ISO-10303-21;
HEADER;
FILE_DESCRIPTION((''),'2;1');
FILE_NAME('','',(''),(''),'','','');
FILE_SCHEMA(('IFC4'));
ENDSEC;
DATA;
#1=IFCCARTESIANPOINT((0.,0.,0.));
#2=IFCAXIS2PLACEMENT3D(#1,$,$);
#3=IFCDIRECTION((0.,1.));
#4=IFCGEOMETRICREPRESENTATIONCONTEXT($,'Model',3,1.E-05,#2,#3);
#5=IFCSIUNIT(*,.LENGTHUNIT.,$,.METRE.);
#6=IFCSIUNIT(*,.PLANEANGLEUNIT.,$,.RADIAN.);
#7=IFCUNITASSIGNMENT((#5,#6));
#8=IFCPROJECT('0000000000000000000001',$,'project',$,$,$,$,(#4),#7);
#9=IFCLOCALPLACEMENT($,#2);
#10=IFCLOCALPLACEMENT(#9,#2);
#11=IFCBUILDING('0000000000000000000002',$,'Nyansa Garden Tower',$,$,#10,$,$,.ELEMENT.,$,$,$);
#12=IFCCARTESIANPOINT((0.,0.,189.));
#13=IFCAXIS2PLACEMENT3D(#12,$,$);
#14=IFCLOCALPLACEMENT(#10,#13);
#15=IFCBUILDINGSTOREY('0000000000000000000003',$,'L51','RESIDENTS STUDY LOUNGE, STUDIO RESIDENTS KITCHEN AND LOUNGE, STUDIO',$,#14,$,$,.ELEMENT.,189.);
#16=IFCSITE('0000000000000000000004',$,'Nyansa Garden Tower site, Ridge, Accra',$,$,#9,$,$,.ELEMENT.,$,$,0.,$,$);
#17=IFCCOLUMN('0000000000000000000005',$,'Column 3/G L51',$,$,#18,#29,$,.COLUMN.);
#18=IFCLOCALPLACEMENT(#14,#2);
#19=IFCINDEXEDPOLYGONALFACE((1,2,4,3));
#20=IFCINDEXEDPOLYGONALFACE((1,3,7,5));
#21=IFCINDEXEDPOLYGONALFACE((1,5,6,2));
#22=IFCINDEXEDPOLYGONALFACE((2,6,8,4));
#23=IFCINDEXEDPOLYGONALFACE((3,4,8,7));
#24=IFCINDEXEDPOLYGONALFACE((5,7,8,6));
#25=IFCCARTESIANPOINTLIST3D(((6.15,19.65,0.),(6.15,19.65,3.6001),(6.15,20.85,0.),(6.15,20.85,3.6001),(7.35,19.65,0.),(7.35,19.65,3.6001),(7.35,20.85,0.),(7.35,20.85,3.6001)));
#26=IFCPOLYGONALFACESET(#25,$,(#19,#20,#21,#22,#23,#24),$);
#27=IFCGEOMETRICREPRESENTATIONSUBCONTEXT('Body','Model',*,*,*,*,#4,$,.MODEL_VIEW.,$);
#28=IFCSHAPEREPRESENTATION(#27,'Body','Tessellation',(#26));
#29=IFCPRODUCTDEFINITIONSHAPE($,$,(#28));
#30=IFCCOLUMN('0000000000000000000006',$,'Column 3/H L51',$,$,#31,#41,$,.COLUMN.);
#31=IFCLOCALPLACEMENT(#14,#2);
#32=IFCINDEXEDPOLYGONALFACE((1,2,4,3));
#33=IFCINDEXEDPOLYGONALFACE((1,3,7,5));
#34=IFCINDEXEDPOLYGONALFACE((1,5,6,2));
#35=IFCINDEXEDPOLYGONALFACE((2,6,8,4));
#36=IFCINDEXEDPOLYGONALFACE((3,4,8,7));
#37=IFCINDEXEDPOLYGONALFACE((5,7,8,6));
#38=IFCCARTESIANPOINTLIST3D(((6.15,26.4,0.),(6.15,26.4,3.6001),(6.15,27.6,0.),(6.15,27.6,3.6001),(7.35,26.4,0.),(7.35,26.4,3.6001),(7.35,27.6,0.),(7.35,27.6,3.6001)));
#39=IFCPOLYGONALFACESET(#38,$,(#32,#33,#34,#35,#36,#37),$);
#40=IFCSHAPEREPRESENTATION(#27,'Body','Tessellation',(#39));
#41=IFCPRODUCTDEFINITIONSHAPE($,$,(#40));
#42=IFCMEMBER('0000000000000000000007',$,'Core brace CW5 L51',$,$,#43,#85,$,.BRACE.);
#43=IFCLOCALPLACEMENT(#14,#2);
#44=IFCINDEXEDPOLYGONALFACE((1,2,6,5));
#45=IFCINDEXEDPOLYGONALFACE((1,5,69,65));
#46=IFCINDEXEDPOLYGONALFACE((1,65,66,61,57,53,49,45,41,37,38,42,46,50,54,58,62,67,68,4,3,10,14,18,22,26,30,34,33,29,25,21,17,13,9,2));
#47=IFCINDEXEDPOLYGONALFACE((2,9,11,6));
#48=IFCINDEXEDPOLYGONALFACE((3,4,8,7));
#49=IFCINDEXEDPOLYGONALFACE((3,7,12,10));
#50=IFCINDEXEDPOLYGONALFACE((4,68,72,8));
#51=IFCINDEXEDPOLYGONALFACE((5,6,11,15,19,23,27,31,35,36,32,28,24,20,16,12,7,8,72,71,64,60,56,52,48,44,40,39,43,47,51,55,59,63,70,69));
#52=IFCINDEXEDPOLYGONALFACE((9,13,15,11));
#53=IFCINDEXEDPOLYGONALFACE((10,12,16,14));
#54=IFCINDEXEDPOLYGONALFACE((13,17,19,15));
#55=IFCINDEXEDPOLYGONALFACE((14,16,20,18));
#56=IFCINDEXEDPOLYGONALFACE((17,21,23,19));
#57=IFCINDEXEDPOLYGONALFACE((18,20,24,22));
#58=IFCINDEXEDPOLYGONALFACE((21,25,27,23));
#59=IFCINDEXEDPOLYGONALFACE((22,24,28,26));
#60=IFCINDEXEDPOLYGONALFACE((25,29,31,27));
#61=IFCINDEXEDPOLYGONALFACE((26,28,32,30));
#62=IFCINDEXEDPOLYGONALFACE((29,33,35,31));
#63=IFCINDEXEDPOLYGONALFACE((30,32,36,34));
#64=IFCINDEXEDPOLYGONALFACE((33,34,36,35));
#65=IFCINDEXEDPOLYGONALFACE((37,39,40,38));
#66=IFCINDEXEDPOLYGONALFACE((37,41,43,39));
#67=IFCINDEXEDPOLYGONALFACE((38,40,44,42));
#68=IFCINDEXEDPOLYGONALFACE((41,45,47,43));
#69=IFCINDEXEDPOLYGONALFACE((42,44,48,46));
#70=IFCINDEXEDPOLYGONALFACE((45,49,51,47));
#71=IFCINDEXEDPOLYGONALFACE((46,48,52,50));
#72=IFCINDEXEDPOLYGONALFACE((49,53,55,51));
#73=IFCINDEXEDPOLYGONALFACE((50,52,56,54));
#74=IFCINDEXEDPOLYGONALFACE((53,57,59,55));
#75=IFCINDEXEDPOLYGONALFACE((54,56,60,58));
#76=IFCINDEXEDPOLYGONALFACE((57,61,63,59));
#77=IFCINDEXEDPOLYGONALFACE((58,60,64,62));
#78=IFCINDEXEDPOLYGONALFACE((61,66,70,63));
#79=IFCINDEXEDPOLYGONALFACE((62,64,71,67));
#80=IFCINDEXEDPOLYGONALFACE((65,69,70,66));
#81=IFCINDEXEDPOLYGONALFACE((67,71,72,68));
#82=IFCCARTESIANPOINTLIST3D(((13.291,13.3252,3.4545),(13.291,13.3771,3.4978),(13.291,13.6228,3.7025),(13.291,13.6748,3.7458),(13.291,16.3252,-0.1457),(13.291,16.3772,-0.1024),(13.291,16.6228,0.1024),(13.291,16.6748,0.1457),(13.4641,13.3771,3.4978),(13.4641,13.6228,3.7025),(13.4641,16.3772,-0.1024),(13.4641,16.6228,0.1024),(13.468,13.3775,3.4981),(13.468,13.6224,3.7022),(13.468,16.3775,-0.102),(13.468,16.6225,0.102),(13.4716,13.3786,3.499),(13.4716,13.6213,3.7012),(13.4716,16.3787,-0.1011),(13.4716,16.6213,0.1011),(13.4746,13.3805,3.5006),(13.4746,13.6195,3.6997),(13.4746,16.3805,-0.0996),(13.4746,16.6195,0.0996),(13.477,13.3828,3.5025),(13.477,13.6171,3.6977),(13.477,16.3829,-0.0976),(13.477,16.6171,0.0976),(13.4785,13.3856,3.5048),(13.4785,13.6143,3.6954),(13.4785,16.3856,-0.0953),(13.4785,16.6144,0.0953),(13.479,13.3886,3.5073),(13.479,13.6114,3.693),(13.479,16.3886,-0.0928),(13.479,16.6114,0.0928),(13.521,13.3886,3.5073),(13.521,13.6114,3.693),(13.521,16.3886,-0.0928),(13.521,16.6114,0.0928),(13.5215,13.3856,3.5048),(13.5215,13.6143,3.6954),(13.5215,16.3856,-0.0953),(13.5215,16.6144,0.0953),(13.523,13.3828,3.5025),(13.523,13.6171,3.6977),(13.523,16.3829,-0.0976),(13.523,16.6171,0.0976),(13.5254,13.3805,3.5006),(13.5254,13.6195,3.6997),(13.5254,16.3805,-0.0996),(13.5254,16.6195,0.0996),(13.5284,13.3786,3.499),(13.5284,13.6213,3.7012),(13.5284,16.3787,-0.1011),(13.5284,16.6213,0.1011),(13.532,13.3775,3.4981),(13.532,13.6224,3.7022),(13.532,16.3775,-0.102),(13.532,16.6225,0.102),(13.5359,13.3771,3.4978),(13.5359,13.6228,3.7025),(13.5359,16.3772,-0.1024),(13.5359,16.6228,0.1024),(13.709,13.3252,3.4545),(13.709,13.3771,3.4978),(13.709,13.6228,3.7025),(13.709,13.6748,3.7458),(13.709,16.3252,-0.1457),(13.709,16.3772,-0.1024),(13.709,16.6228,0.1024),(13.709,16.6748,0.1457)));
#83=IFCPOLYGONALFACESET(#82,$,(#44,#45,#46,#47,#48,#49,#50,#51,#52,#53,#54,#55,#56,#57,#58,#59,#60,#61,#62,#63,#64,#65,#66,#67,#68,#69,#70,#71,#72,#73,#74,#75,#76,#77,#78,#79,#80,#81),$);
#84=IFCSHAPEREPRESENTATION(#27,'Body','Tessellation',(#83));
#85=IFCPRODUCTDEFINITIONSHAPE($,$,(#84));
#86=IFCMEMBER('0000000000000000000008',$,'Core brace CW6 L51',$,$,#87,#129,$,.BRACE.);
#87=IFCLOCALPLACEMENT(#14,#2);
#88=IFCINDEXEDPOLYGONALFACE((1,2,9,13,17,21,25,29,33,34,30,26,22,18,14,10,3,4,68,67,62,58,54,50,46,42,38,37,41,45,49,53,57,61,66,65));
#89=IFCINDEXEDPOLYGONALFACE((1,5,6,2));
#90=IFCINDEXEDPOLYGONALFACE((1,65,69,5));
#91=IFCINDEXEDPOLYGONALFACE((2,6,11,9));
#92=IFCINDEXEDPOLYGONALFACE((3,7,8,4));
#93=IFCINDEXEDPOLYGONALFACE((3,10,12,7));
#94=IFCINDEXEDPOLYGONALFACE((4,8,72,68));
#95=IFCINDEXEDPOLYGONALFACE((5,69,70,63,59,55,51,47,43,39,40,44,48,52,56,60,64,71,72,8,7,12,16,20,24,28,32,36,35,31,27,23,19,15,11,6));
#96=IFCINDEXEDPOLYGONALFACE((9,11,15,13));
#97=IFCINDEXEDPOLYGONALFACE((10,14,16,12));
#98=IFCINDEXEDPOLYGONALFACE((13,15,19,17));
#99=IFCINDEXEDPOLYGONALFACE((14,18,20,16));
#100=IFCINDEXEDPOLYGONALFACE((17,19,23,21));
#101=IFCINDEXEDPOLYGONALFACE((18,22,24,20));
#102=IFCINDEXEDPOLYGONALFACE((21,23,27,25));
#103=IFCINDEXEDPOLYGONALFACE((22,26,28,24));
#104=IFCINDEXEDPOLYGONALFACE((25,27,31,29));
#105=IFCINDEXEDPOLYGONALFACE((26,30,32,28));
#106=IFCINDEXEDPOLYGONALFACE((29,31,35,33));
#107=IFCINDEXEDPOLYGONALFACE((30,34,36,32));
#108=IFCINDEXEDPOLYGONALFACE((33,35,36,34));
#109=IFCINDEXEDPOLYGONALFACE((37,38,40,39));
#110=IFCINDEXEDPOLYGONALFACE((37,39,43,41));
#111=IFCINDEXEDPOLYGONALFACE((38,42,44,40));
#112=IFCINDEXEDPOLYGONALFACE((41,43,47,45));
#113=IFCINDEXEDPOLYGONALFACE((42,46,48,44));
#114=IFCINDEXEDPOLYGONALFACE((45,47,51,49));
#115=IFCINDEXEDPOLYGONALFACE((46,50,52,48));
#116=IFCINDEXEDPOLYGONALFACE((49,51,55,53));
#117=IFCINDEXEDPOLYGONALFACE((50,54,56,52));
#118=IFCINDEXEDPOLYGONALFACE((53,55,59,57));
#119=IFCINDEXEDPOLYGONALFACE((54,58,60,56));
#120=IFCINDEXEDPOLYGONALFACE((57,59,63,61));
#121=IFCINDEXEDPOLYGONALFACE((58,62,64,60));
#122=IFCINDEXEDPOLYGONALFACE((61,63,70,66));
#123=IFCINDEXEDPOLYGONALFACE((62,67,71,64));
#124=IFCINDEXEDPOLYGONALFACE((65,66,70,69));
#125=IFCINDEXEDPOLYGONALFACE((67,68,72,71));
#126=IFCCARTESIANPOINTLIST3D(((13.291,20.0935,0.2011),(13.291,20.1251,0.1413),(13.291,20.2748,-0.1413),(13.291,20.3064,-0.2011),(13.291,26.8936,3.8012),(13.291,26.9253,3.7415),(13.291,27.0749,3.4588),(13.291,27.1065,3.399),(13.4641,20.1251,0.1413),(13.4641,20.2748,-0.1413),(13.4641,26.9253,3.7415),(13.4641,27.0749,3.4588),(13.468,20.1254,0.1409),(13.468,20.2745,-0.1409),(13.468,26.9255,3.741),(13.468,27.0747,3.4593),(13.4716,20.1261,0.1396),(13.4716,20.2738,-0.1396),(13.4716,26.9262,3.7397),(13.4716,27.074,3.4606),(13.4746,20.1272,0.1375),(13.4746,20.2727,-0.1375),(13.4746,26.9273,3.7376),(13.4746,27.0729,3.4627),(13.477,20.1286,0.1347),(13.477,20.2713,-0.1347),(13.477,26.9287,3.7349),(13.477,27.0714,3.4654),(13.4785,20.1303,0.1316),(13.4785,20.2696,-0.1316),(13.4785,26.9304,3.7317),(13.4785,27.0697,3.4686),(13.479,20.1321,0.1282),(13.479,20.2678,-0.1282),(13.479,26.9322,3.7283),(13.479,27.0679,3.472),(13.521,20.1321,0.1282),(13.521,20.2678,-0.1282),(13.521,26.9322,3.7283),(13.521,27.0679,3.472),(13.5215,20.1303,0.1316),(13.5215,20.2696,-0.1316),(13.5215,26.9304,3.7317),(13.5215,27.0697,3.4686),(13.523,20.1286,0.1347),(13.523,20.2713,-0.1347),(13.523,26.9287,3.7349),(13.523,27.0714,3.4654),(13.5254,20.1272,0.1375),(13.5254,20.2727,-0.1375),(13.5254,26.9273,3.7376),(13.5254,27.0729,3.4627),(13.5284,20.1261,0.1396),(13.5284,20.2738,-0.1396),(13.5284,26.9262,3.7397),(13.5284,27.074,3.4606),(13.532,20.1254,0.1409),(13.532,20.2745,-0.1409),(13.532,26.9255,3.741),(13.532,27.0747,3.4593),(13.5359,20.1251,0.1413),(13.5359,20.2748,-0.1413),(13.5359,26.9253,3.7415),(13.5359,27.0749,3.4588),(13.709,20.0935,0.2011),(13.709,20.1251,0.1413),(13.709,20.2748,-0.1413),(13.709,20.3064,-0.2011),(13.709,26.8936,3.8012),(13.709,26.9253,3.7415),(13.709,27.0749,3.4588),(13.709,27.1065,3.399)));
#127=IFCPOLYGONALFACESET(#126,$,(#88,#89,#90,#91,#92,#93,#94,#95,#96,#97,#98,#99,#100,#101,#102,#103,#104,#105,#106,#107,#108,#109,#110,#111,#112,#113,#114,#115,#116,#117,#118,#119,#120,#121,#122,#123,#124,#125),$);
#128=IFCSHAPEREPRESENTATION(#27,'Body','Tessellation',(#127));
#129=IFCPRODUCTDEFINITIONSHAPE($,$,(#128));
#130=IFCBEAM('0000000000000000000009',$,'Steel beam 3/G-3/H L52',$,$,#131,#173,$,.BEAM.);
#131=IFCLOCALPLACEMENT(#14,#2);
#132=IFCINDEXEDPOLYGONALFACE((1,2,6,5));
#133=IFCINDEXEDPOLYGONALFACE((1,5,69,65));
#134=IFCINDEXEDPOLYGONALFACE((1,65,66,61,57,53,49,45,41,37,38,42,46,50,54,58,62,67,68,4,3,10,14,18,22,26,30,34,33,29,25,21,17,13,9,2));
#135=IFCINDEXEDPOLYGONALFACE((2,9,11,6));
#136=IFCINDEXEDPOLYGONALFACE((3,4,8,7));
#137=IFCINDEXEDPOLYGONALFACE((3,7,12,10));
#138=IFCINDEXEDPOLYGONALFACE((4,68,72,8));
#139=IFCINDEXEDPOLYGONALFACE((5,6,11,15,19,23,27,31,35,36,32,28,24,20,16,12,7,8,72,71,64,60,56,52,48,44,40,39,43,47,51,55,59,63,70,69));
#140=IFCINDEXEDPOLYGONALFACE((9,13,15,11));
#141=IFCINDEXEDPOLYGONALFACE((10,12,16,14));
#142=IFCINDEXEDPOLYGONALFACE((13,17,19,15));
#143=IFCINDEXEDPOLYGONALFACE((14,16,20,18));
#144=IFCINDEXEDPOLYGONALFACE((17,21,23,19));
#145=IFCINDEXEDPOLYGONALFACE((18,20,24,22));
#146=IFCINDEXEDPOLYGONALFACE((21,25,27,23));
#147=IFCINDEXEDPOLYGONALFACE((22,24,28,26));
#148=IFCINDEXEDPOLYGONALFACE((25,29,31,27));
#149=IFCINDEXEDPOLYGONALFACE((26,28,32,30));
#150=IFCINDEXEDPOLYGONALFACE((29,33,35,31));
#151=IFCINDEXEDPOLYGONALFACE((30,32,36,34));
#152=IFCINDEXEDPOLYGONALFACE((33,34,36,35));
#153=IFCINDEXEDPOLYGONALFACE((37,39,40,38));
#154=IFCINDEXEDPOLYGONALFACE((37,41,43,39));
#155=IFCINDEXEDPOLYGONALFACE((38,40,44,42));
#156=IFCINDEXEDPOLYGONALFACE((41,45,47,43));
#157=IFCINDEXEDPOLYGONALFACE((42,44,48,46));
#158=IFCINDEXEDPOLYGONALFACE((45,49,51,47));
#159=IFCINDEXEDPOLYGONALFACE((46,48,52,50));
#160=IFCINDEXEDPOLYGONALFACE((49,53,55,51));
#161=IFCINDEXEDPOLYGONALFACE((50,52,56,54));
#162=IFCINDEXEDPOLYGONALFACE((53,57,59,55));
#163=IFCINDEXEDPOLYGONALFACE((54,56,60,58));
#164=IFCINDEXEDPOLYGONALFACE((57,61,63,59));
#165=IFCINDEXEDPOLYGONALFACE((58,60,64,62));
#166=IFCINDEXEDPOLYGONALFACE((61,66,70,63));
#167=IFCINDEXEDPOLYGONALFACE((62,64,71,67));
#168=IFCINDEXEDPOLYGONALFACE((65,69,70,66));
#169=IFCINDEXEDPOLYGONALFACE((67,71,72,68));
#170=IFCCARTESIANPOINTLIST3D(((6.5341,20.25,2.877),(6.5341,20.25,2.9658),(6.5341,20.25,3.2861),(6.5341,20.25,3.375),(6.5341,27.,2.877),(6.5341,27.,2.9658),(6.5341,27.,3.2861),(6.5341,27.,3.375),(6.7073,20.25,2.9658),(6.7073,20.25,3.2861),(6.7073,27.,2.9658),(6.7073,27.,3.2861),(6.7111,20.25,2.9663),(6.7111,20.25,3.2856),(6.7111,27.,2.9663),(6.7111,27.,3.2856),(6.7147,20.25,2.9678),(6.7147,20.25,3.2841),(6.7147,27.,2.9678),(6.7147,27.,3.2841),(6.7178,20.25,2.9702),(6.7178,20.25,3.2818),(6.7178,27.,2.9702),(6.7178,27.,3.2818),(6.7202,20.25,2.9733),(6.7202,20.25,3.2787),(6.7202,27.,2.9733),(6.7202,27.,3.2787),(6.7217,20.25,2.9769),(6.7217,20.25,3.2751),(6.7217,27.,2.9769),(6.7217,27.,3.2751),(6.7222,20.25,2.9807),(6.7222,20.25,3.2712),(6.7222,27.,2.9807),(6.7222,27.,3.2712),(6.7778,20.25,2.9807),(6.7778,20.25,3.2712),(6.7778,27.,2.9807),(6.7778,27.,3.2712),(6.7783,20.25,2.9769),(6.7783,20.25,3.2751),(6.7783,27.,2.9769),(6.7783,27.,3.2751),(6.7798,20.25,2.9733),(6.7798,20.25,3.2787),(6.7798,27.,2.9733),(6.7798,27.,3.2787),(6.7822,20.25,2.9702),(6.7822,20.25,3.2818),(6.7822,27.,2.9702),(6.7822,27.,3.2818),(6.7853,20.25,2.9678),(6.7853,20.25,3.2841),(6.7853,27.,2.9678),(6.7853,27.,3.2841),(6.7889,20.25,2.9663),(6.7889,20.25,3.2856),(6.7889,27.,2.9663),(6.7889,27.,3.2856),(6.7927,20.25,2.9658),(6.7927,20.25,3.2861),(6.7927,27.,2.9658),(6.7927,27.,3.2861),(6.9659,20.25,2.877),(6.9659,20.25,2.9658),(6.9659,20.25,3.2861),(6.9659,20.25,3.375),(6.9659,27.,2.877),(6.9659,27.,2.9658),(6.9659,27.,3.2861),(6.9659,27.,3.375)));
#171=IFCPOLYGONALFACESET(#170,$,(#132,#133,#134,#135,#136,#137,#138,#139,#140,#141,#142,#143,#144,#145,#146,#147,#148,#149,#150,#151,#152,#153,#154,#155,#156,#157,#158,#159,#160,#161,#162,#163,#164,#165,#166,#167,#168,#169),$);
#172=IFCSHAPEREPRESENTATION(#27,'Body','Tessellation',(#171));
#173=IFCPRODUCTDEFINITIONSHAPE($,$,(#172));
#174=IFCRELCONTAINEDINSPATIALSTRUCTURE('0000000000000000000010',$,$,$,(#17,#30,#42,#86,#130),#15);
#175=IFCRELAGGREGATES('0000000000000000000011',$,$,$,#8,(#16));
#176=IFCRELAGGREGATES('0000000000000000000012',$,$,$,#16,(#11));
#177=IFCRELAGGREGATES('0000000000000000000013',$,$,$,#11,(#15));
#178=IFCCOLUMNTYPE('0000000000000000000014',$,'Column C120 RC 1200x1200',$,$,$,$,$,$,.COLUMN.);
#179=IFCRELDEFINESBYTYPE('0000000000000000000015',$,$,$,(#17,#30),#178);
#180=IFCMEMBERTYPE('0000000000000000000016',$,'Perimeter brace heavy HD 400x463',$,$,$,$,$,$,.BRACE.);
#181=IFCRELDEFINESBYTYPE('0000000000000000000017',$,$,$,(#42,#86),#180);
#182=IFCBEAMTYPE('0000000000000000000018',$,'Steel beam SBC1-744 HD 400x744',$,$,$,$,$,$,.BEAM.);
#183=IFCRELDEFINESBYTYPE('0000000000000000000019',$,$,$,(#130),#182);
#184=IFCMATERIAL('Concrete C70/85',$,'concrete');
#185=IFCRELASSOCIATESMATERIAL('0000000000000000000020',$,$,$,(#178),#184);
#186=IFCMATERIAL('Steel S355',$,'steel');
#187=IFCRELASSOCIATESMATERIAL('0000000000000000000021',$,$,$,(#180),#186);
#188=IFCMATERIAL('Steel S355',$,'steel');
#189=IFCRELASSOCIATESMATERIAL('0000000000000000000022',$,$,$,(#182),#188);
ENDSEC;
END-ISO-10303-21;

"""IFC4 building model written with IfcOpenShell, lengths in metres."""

from ifc_helpers import new_model, si_unit, direction, frame, origin, origin_2d, place, context, subcontext, project, spatial, rectangle, i_section, extrude, material, material_profile, profile_set, type_object, element, save


model = new_model("IFC4")

# Units and contexts
model_context = context("Model", 3, precision=1e-05, world=origin(), true_north=direction((0.0, 1.0)))
body_context = subcontext(model_context, "Body", "Model", "MODEL_VIEW")
ifc_project = project(units=[si_unit("LENGTHUNIT", "METRE"), si_unit("PLANEANGLEUNIT", "RADIAN")], contexts=[model_context])

# Site, building, storey
site_placement = place(None, origin())
site = spatial("IfcSite", under=ifc_project, at=site_placement, Name="Nyansa Garden Tower site, Ridge, Accra", CompositionType="ELEMENT", RefElevation=0.0)
building_placement = place(site_placement, origin())
building = spatial("IfcBuilding", under=site, at=building_placement, Name="Nyansa Garden Tower", CompositionType="ELEMENT")
storey_placement = place(building_placement, frame((0.0, 0.0, 189.0)))
storey = spatial("IfcBuildingStorey", under=building, at=storey_placement, Name="L51", Description="RESIDENTS STUDY LOUNGE, STUDIO RESIDENTS KITCHEN AND LOUNGE, STUDIO", CompositionType="ELEMENT", Elevation=189.0)

# Columns
ifc_material_1 = material(Name="Concrete C70/85", Category="concrete")
ifc_material_profile_1 = material_profile(ifc_material_1, rectangle(XDim=1.2, YDim=1.2, at=origin_2d()), Name="RC 1200x1200")
ifc_profile_set_1 = profile_set([ifc_material_profile_1], Name="Concrete C70/85")
column_type = type_object("IfcColumnType", Name="Column C120 RC 1200x1200", PredefinedType="COLUMN", material=ifc_profile_set_1)
for number, where, z_axis, x_axis, name in (
    (1, (6.75, 20.25, 0.0), (0.0, 0.0, 1.0), (1.0, 0.0, 0.0), "Column 3/G L51"),
    (2, (6.75, 27.0, 0.0), (0.0, 0.0, 1.0), (1.0, 0.0, 0.0), "Column 3/H L51"),
):
    element("IfcColumn", number, at=place(storey_placement, frame(where, z_axis=z_axis, x_axis=x_axis)), inside=storey, type_object=column_type, Name=name, PredefinedType="COLUMN", context=body_context, shape_type="SweptSolid", body=[
        extrude(rectangle(XDim=1.2, YDim=1.2, at=origin_2d()), origin(), (0.0, 0.0, 1.0), 3.6001),
    ])

# Members
ifc_material_2 = material(Name="Steel S355", Category="steel")
ifc_material_profile_2 = material_profile(ifc_material_2, i_section(OverallWidth=0.418, OverallDepth=0.4551, WebThickness=0.042, FlangeThickness=0.0676, FilletRadius=0.0149, at=origin_2d()), Name="HD 400x463")
ifc_profile_set_2 = profile_set([ifc_material_profile_2], Name="Steel S355")
member_type = type_object("IfcMemberType", Name="Perimeter brace heavy HD 400x463", PredefinedType="BRACE", material=ifc_profile_set_2)
member_1_placement = place(storey_placement, frame((13.5, 16.5, 0.0), z_axis=(0.0, -0.640174, 0.76823), x_axis=(1.0, 0.0, 0.0)))
element("IfcMember", 3, at=member_1_placement, inside=storey, type_object=member_type, Name="Core brace CW5 L51", PredefinedType="BRACE", context=body_context, shape_type="SweptSolid", body=[
    extrude(i_section(OverallWidth=0.418, OverallDepth=0.4551, WebThickness=0.042, FlangeThickness=0.0676, FilletRadius=0.0149, at=origin_2d()), origin(), (0.0, 0.0, 1.0), 4.6863),
])
member_2_placement = place(storey_placement, frame((13.5, 20.2, 0.0), z_axis=(0.0, 0.883784, 0.467895), x_axis=(-1.0, 0.0, 0.0)))
element("IfcMember", 4, at=member_2_placement, inside=storey, type_object=member_type, Name="Core brace CW6 L51", PredefinedType="BRACE", context=body_context, shape_type="SweptSolid", body=[
    extrude(i_section(OverallWidth=0.418, OverallDepth=0.4551, WebThickness=0.042, FlangeThickness=0.0676, FilletRadius=0.0149, at=origin_2d()), origin(), (0.0, 0.0, 1.0), 7.6943),
])

# Beam
ifc_material_3 = material(Name="Steel S355", Category="steel")
ifc_material_profile_3 = material_profile(ifc_material_3, i_section(OverallWidth=0.4319, OverallDepth=0.498, WebThickness=0.0557, FlangeThickness=0.0889, FilletRadius=0.0149, at=origin_2d()), Name="HD 400x744")
ifc_profile_set_3 = profile_set([ifc_material_profile_3], Name="Steel S355")
beam_type_1 = type_object("IfcBeamType", Name="Steel beam SBC1-744 HD 400x744", PredefinedType="BEAM", material=ifc_profile_set_3)
beam_1_placement = place(storey_placement, frame((6.75, 20.25, 3.126), z_axis=(0.0, 1.0, 0.0), x_axis=(-1.0, 0.0, 0.0)))
element("IfcBeam", 5, at=beam_1_placement, inside=storey, type_object=beam_type_1, Name="Steel beam 3/G-3/H L52", PredefinedType="BEAM", context=body_context, shape_type="SweptSolid", body=[
    extrude(i_section(OverallWidth=0.4319, OverallDepth=0.498, WebThickness=0.0557, FlangeThickness=0.0889, FilletRadius=0.0149, at=origin_2d()), origin(), (0.0, 0.0, 1.0), 6.75),
])

save(model, "model.ifc")
